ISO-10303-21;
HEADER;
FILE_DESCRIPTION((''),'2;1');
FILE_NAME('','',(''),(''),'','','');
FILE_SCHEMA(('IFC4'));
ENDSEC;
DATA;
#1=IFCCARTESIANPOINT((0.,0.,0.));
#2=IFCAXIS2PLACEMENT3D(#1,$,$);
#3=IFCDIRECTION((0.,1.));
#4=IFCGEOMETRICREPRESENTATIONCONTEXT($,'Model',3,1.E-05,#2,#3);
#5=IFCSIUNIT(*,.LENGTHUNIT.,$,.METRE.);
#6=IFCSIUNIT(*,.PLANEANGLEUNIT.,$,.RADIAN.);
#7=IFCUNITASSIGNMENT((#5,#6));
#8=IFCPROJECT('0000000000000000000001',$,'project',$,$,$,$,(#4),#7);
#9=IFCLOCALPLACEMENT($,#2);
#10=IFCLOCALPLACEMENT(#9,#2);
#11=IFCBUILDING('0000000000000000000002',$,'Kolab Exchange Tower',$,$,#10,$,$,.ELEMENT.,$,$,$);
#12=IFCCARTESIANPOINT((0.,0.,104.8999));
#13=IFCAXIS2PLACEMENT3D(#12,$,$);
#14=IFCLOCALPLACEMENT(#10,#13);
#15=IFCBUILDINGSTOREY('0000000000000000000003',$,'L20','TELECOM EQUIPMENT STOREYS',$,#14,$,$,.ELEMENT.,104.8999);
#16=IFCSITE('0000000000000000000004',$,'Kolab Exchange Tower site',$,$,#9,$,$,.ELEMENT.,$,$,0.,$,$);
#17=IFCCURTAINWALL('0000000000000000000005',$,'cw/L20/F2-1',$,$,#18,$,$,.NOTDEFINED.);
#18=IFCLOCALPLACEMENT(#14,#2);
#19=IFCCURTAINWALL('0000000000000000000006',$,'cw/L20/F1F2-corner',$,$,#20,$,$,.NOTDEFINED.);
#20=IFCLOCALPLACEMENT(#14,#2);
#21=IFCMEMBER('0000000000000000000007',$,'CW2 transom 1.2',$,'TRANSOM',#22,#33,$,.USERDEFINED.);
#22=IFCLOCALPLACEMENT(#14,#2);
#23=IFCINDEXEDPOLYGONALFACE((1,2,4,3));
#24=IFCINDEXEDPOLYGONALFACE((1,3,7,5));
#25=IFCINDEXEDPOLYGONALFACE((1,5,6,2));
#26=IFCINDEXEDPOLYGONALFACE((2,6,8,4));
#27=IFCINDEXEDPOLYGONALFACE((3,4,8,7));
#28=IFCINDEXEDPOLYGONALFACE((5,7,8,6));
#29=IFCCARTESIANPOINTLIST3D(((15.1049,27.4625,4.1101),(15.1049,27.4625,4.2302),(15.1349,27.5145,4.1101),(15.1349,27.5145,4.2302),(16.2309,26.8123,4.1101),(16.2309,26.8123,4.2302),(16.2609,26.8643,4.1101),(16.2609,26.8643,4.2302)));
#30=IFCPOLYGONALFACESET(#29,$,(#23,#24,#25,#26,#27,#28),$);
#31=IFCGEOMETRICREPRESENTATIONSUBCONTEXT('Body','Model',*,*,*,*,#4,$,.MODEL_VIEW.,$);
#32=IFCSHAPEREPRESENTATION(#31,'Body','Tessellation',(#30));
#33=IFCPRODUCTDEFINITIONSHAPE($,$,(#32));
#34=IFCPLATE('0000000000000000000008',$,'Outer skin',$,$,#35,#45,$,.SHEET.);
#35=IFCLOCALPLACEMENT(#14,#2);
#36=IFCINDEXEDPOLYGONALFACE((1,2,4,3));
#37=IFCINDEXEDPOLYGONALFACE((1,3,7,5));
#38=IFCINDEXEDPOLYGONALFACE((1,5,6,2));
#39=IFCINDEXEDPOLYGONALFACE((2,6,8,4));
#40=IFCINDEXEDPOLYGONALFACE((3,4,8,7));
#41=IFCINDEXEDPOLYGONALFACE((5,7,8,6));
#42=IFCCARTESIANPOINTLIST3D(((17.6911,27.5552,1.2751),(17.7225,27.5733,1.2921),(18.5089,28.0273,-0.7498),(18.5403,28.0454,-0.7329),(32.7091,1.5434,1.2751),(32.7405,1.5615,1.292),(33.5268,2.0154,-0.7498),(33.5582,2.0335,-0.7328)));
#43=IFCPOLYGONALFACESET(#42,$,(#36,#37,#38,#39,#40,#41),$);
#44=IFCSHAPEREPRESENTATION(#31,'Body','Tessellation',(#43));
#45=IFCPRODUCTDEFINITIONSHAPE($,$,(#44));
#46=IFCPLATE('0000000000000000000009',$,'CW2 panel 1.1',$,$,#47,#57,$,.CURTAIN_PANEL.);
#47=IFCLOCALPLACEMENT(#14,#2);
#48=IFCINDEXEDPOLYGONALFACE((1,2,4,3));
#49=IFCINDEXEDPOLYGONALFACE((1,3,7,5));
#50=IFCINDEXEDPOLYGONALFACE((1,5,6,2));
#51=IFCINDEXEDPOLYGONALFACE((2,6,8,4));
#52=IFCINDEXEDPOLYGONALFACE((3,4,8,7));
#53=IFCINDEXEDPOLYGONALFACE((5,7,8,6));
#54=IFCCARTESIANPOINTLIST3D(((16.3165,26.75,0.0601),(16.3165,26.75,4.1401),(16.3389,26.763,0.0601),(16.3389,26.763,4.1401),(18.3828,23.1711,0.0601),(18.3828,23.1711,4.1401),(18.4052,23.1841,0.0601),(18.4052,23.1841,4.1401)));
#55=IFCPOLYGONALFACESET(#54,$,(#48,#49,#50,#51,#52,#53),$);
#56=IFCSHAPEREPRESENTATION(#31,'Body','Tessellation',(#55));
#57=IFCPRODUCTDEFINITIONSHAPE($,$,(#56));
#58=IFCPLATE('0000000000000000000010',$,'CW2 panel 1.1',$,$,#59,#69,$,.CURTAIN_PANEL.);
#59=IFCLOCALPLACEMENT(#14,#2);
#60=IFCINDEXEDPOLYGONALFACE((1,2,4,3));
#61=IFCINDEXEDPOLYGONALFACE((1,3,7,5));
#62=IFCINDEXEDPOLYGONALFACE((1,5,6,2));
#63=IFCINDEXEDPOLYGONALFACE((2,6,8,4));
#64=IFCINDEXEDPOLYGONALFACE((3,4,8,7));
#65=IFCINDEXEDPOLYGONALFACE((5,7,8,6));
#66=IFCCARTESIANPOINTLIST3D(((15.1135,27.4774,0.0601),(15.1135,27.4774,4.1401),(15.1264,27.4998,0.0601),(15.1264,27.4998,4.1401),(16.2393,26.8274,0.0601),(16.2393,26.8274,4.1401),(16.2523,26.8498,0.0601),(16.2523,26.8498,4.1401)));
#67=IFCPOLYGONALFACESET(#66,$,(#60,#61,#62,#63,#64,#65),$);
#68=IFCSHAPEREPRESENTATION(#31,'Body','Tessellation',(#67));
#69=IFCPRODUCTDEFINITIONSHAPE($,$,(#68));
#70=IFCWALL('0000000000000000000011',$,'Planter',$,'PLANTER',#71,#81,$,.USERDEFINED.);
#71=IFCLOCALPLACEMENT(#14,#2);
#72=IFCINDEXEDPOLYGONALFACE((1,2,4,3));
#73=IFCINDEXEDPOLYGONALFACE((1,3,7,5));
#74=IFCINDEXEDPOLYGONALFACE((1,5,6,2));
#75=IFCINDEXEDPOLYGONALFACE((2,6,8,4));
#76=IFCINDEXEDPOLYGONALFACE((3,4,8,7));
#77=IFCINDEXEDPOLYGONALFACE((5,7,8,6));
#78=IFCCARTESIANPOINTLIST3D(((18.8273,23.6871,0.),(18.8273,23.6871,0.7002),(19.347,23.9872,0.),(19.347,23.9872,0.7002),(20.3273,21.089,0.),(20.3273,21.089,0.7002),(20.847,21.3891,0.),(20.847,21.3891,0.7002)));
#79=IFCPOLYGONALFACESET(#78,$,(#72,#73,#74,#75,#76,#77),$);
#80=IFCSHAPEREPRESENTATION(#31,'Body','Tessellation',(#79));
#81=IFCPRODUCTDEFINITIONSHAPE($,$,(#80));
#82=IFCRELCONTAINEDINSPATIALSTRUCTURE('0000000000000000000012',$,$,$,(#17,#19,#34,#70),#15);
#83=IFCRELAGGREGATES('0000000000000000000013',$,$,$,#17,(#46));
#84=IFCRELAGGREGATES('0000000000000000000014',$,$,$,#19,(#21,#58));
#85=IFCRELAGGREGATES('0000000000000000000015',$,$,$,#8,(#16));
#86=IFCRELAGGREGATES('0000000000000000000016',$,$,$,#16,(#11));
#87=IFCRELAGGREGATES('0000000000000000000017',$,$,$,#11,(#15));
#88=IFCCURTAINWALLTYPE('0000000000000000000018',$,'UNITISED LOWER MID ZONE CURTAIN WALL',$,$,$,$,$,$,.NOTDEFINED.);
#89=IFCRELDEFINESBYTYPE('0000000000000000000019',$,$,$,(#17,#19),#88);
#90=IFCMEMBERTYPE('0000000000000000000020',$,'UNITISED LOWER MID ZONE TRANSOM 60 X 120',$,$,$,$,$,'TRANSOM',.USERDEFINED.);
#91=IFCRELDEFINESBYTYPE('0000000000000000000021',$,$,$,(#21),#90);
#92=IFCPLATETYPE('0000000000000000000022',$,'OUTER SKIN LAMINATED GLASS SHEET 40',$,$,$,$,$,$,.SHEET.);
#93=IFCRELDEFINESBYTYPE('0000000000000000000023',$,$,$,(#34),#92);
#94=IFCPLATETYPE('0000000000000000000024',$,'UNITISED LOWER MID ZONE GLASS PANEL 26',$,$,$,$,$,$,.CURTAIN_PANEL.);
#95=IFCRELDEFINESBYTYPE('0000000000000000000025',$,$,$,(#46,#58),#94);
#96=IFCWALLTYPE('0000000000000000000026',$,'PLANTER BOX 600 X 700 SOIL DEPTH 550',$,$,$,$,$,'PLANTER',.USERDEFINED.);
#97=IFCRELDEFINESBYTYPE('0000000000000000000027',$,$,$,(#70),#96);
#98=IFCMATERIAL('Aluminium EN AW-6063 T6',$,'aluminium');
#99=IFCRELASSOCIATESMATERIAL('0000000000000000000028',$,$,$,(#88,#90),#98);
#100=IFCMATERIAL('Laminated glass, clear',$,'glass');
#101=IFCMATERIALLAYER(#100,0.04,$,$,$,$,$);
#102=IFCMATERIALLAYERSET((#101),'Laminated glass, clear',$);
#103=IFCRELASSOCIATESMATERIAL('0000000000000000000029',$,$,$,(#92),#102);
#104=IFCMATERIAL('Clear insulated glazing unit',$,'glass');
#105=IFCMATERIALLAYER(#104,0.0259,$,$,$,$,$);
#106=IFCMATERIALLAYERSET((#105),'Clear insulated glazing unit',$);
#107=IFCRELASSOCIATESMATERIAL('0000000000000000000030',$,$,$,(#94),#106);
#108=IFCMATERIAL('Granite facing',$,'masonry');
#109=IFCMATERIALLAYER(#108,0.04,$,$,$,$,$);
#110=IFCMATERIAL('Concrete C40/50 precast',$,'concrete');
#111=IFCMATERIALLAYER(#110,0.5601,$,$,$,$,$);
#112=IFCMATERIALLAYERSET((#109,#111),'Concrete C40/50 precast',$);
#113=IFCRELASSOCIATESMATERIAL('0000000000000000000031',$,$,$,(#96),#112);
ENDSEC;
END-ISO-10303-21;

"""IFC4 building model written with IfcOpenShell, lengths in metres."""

from ifc_helpers import new_model, si_unit, direction, frame, frame_2d, origin, origin_2d, place, context, subcontext, project, spatial, polyline, rectangle, outline, extrude, material, layer, layer_set, material_profile, profile_set, type_object, element, aggregate, save


model = new_model("IFC4")

# Units and contexts
model_context = context("Model", 3, precision=1e-05, world=origin(), true_north=direction((0.0, 1.0)))
body_context = subcontext(model_context, "Body", "Model", "MODEL_VIEW")
ifc_project = project(units=[si_unit("LENGTHUNIT", "METRE"), si_unit("PLANEANGLEUNIT", "RADIAN")], contexts=[model_context])

# Site, building, storey
site_placement = place(None, origin())
site = spatial("IfcSite", under=ifc_project, at=site_placement, Name="Kolab Exchange Tower site", CompositionType="ELEMENT", RefElevation=0.0)
building_placement = place(site_placement, origin())
building = spatial("IfcBuilding", under=site, at=building_placement, Name="Kolab Exchange Tower", CompositionType="ELEMENT")
storey_placement = place(building_placement, frame((0.0, 0.0, 104.8999)))
storey = spatial("IfcBuildingStorey", under=building, at=storey_placement, Name="L20", Description="TELECOM EQUIPMENT STOREYS", CompositionType="ELEMENT", Elevation=104.8999)

# Shared definitions
ifc_material_1 = material(Name="Aluminium EN AW-6063 T6", Category="aluminium")
curtain_wall_type = type_object("IfcCurtainWallType", Name="UNITISED LOWER MID ZONE CURTAIN WALL", PredefinedType="NOTDEFINED", material=ifc_material_1)

# Curtain walls
curtain_wall_1_placement = place(storey_placement, origin())
curtain_wall_1 = element("IfcCurtainWall", 1, at=curtain_wall_1_placement, inside=storey, type_object=curtain_wall_type, Name="cw/L20/F2-1", PredefinedType="NOTDEFINED")
curtain_wall_2_placement = place(storey_placement, origin())
curtain_wall_2 = element("IfcCurtainWall", 2, at=curtain_wall_2_placement, inside=storey, type_object=curtain_wall_type, Name="cw/L20/F1F2-corner", PredefinedType="NOTDEFINED")

# Member
ifc_material_profile_1 = material_profile(ifc_material_1, rectangle(XDim=0.0601, YDim=0.1201, at=origin_2d()), Name="RECT 60X120")
ifc_profile_set_1 = profile_set([ifc_material_profile_1], Name="Aluminium EN AW-6063 T6")
member_type_1 = type_object("IfcMemberType", Name="UNITISED LOWER MID ZONE TRANSOM 60 X 120", ElementType="TRANSOM", PredefinedType="USERDEFINED", material=ifc_profile_set_1)
member_1_placement = place(storey_placement, frame((15.1199, 27.4885, 4.1702), z_axis=(0.866004, -0.500037, 0.0), x_axis=(0.500037, 0.866004, 0.0)))
member_1 = element("IfcMember", 3, at=member_1_placement, type_object=member_type_1, Name="CW2 transom 1.2", ObjectType="TRANSOM", PredefinedType="USERDEFINED", context=body_context, shape_type="SweptSolid", body=[
    extrude(rectangle(XDim=0.0601, YDim=0.1201, at=origin_2d()), origin(), (0.0, 0.0, 1.0), 1.3003),
])

# Plates
ifc_material_2 = material(Name="Laminated glass, clear", Category="glass")
ifc_layer_1 = layer(ifc_material_2, 0.04)
ifc_layer_set_1 = layer_set([ifc_layer_1], Name="Laminated glass, clear")
plate_type_1 = type_object("IfcPlateType", Name="OUTER SKIN LAMINATED GLASS SHEET 40", PredefinedType="SHEET", material=ifc_layer_set_1)
plate_1_placement = place(storey_placement, frame((18.5403, 28.0454, -0.7329), z_axis=(0.784887, 0.453155, 0.422613), x_axis=(0.499999, -0.866026, 0.000002)))
element("IfcPlate", 4, at=plate_1_placement, inside=storey, type_object=plate_type_1, Name="Outer skin", PredefinedType="SHEET", context=body_context, shape_type="SweptSolid", body=[
    extrude(outline(polyline([(0.0, 0.0), (30.0359, 0.0), (30.0358, -2.2342), (0.0, -2.2343), (0.0, 0.0)])), origin(), (0.0, 0.0, -1.0), 0.04),
])
ifc_material_3 = material(Name="Clear insulated glazing unit", Category="glass")
ifc_layer_2 = layer(ifc_material_3, 0.0259)
ifc_layer_set_2 = layer_set([ifc_layer_2], Name="Clear insulated glazing unit")
plate_type_2 = type_object("IfcPlateType", Name="UNITISED LOWER MID ZONE GLASS PANEL 26", PredefinedType="CURTAIN_PANEL", material=ifc_layer_set_2)
plate_2_placement = place(storey_placement, frame((17.3608, 24.967, 0.0601), z_axis=(0.0, 0.0, 1.0), x_axis=(0.5, -0.866025, 0.0)))
plate_2 = element("IfcPlate", 5, at=plate_2_placement, type_object=plate_type_2, Name="CW2 panel 1.1", PredefinedType="CURTAIN_PANEL", context=body_context, shape_type="SweptSolid", body=[
    extrude(rectangle(XDim=4.1326, YDim=0.0259, at=origin_2d()), origin(), (0.0, 0.0, 1.0), 4.0801),
])
aggregate(curtain_wall_1, [plate_2])
plate_3_placement = place(storey_placement, frame((15.6829, 27.1636, 0.0601), z_axis=(0.0, 0.0, 1.0), x_axis=(0.866025, -0.5, 0.0)))
plate_3 = element("IfcPlate", 6, at=plate_3_placement, type_object=plate_type_2, Name="CW2 panel 1.1", PredefinedType="CURTAIN_PANEL", context=body_context, shape_type="SweptSolid", body=[
    extrude(rectangle(XDim=1.3, YDim=0.0259, at=origin_2d()), origin(), (0.0, 0.0, 1.0), 4.0801),
])
aggregate(curtain_wall_2, [member_1, plate_3])

# Wall
ifc_material_4 = material(Name="Granite facing", Category="masonry")
ifc_layer_3 = layer(ifc_material_4, 0.04)
ifc_material_5 = material(Name="Concrete C40/50 precast", Category="concrete")
ifc_layer_4 = layer(ifc_material_5, 0.5601)
ifc_layer_set_3 = layer_set([ifc_layer_3, ifc_layer_4], Name="Concrete C40/50 precast")
wall_type = type_object("IfcWallType", Name="PLANTER BOX 600 X 700 SOIL DEPTH 550", ElementType="PLANTER", PredefinedType="USERDEFINED", material=ifc_layer_set_3)
wall_placement = place(storey_placement, frame((19.0872, 23.8372, 0.0), z_axis=(0.0, 0.0, 1.0), x_axis=(0.49999, -0.866031, 0.0)))
element("IfcWall", 7, at=wall_placement, inside=storey, type_object=wall_type, Name="Planter", ObjectType="PLANTER", PredefinedType="USERDEFINED", context=body_context, shape_type="SweptSolid", body=[
    extrude(rectangle(XDim=3.0, YDim=0.6001, at=frame_2d((1.5, 0.0))), origin(), (0.0, 0.0, 1.0), 0.7002),
])

save(model, "model.ifc")
